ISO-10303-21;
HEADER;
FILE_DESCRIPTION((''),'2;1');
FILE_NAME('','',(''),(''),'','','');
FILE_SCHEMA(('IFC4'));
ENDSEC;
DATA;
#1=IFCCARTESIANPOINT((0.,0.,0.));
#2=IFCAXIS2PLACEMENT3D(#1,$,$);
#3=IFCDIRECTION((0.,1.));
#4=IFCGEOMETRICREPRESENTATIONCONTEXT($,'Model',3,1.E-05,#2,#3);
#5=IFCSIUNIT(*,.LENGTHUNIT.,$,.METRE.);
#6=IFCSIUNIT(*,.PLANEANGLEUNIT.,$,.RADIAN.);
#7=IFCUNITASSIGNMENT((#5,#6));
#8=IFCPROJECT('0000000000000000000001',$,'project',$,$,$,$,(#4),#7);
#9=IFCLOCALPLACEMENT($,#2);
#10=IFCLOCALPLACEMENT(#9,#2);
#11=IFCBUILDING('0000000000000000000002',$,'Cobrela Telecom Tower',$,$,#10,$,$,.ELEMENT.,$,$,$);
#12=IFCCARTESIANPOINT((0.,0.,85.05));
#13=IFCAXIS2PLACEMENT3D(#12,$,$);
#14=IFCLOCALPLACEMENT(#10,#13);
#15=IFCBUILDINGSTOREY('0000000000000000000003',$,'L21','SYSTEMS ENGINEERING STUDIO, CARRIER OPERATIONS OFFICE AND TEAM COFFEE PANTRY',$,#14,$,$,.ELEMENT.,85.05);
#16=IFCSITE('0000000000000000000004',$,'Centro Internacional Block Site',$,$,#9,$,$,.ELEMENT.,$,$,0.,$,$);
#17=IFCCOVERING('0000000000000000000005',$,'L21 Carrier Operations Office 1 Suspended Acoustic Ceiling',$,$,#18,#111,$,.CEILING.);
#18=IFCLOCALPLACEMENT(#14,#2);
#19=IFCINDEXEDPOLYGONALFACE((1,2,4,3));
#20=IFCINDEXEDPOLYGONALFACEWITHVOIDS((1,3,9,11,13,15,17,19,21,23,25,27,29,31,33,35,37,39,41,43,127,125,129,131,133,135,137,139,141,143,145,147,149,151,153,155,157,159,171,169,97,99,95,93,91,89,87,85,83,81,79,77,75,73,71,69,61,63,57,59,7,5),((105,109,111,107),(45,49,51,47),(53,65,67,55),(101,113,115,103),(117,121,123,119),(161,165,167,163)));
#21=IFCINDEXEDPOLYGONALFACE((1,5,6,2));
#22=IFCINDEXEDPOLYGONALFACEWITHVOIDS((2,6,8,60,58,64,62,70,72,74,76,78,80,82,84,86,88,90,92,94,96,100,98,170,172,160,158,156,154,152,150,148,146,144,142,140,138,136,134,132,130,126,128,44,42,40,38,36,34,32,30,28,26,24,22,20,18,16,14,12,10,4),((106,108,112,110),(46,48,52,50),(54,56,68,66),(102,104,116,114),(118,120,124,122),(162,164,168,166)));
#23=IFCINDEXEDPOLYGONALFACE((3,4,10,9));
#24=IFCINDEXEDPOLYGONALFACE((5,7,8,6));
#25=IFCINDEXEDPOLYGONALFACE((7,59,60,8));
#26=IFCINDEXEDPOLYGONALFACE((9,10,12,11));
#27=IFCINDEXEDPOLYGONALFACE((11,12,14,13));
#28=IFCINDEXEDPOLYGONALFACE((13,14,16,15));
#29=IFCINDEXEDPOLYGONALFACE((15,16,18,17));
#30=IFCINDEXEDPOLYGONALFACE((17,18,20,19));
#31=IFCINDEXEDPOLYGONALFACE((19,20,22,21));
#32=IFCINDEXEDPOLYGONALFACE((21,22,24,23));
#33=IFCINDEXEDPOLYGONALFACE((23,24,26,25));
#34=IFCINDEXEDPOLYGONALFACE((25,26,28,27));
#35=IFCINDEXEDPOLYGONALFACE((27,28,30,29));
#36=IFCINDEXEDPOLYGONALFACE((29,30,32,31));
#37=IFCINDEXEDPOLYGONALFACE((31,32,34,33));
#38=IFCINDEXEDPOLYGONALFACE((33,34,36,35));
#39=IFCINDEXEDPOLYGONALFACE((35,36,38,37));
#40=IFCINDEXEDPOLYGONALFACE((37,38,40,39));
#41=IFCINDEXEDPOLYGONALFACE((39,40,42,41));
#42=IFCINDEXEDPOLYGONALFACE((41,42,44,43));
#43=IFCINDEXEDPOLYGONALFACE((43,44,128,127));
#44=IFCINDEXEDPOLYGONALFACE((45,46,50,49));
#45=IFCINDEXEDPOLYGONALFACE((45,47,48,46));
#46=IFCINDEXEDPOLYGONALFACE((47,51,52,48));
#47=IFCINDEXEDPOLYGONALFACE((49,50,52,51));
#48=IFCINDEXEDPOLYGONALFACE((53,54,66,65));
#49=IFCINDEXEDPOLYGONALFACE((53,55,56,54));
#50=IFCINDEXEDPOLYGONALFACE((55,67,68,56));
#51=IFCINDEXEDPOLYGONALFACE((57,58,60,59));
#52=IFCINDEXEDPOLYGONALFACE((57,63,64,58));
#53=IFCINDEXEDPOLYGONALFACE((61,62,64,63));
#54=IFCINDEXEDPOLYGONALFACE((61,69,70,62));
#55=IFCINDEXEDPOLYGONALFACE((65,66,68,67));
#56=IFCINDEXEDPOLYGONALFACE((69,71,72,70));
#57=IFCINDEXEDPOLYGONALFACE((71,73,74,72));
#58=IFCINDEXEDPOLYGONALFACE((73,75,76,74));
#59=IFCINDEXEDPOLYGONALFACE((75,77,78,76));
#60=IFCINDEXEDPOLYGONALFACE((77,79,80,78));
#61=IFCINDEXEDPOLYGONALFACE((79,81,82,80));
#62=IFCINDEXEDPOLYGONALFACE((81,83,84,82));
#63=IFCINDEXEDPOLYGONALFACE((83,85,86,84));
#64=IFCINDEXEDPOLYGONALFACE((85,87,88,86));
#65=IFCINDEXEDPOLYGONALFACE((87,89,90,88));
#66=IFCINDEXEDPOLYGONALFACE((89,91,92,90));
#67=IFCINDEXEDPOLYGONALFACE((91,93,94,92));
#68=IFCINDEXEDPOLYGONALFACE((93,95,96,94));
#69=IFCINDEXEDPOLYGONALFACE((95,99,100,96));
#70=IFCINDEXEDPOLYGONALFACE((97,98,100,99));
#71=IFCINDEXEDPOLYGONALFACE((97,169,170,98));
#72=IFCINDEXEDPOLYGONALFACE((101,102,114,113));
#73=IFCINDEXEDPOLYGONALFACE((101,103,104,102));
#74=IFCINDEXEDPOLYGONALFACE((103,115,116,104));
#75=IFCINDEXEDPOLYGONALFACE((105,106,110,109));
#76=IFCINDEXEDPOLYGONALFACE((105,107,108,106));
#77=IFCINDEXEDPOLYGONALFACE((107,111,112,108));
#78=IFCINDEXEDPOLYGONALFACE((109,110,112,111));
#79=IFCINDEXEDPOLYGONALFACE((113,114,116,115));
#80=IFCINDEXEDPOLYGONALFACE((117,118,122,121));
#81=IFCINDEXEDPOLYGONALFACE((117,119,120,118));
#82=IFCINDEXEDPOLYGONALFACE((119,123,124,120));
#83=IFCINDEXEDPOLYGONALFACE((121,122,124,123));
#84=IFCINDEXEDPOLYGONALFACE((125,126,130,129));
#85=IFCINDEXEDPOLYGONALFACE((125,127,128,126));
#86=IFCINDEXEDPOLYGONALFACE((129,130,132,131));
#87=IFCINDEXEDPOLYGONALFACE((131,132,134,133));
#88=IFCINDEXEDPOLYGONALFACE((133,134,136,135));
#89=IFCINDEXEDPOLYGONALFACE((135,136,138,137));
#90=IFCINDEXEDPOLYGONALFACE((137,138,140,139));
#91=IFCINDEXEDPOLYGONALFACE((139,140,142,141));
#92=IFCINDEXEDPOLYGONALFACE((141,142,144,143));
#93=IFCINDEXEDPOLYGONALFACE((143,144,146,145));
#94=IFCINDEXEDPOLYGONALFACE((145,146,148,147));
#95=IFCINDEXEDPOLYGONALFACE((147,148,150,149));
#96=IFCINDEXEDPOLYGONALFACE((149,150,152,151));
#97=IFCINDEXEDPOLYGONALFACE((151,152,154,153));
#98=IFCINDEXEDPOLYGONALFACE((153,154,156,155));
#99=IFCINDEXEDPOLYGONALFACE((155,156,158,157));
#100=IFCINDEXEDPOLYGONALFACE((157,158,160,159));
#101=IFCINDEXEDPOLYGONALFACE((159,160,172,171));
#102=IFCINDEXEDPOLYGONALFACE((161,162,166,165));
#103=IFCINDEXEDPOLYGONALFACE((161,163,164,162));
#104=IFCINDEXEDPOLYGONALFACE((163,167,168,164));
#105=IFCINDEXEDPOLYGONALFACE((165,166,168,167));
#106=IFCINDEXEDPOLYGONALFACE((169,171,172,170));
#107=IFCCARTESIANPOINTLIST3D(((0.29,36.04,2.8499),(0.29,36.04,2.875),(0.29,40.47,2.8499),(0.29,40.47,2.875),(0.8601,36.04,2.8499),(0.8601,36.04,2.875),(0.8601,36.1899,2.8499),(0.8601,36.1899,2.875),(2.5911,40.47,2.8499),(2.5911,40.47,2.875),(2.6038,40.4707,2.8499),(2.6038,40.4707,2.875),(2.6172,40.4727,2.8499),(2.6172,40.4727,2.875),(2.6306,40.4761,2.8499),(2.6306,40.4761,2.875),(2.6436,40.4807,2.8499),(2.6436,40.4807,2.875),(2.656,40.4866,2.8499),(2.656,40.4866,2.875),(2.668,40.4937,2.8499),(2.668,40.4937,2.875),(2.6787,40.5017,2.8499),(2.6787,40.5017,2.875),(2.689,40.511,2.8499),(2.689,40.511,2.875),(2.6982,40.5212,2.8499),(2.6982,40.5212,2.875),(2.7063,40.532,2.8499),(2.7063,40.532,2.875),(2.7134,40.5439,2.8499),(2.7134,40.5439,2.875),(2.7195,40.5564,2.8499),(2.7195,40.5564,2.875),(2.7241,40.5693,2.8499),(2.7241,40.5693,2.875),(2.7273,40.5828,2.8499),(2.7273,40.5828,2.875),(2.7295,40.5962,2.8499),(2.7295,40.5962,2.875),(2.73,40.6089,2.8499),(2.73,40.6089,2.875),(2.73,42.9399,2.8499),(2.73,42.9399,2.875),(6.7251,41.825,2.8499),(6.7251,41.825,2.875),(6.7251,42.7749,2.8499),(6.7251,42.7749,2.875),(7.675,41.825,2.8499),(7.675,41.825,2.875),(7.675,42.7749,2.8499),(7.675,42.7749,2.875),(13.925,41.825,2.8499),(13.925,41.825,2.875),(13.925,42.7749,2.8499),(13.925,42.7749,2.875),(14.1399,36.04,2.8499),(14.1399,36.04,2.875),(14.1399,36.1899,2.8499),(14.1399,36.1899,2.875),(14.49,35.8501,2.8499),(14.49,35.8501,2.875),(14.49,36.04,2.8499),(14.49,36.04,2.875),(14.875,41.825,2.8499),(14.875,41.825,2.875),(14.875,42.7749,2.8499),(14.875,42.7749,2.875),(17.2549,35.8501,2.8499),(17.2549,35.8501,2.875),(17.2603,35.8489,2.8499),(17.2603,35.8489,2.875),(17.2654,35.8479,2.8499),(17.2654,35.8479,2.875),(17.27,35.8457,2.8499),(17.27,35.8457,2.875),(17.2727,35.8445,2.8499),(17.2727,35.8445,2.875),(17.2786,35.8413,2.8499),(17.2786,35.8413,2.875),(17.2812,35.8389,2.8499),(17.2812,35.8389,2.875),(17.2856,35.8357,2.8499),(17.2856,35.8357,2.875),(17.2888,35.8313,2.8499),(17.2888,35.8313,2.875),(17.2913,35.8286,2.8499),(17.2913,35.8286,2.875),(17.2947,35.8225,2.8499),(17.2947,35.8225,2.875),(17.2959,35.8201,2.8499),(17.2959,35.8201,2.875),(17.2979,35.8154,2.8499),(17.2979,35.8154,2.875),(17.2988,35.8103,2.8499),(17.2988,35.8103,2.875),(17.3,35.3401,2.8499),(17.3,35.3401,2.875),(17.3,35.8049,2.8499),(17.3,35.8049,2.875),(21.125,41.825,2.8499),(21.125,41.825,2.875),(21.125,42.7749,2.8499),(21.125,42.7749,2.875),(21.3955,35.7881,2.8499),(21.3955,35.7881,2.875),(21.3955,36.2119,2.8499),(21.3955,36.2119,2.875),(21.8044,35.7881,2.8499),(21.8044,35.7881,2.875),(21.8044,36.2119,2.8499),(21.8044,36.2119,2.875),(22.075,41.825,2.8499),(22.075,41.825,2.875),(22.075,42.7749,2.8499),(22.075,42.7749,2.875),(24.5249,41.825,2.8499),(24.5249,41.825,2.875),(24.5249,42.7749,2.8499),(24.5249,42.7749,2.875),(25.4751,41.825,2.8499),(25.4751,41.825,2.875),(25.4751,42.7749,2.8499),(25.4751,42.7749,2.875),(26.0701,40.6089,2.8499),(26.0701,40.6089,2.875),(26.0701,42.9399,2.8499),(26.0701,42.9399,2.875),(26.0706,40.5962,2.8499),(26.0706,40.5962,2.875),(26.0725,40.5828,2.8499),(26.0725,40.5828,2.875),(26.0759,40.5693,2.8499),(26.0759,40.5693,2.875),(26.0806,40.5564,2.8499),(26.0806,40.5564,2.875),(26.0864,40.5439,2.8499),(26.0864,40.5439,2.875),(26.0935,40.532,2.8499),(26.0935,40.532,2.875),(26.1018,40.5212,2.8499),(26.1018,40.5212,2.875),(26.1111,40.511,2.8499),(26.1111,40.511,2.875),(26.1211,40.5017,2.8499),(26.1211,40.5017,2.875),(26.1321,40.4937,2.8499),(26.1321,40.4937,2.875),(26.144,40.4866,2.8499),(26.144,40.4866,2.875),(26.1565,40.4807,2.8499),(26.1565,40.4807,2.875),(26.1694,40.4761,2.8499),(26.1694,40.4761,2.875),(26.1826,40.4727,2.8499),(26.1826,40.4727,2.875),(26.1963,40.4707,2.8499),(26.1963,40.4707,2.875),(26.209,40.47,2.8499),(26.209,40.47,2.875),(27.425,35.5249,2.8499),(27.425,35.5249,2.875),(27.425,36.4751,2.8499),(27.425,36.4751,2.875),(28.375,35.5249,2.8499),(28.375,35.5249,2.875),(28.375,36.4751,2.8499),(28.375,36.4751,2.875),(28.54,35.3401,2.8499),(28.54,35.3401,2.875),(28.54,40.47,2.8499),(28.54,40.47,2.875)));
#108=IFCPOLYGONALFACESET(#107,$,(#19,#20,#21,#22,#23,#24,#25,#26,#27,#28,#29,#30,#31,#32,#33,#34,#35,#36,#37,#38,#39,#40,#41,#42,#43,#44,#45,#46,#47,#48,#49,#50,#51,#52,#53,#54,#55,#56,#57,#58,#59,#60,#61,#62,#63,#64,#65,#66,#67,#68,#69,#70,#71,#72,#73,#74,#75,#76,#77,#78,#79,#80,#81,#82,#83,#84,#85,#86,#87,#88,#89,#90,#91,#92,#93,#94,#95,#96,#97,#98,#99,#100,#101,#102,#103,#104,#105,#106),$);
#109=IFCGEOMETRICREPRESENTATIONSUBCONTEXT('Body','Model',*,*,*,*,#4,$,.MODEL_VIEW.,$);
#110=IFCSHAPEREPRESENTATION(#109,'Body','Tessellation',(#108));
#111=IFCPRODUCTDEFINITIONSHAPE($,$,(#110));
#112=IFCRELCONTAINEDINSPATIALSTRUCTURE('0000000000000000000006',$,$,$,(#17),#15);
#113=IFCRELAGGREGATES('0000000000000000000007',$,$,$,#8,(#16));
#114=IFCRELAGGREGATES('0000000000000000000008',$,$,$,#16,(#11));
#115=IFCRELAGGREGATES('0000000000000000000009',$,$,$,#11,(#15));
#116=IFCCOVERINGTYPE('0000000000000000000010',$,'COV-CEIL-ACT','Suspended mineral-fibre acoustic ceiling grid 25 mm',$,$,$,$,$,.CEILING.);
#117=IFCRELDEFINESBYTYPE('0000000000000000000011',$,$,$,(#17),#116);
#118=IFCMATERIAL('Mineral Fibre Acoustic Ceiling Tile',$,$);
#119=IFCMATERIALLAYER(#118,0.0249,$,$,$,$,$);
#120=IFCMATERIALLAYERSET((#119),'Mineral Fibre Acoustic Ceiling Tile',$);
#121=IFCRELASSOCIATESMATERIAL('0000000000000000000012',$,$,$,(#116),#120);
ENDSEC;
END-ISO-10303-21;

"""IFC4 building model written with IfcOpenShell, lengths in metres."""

from ifc_helpers import new_model, si_unit, direction, frame, origin, place, context, subcontext, project, spatial, polyline, outline, extrude, material, layer, layer_set, type_object, element, save


model = new_model("IFC4")

# Units and contexts
model_context = context("Model", 3, precision=1e-05, world=origin(), true_north=direction((0.0, 1.0)))
body_context = subcontext(model_context, "Body", "Model", "MODEL_VIEW")
ifc_project = project(units=[si_unit("LENGTHUNIT", "METRE"), si_unit("PLANEANGLEUNIT", "RADIAN")], contexts=[model_context])

# Site, building, storey
site_placement = place(None, origin())
site = spatial("IfcSite", under=ifc_project, at=site_placement, Name="Centro Internacional Block Site", CompositionType="ELEMENT", RefElevation=0.0)
building_placement = place(site_placement, origin())
building = spatial("IfcBuilding", under=site, at=building_placement, Name="Cobrela Telecom Tower", CompositionType="ELEMENT")
storey_placement = place(building_placement, frame((0.0, 0.0, 85.05)))
storey = spatial("IfcBuildingStorey", under=building, at=storey_placement, Name="L21", Description="SYSTEMS ENGINEERING STUDIO, CARRIER OPERATIONS OFFICE AND TEAM COFFEE PANTRY", CompositionType="ELEMENT", Elevation=85.05)

# Covering
ifc_material_1 = material(Name="Mineral Fibre Acoustic Ceiling Tile")
ifc_layer_1 = layer(ifc_material_1, 0.0249)
ifc_layer_set_1 = layer_set([ifc_layer_1], Name="Mineral Fibre Acoustic Ceiling Tile")
covering_type_1 = type_object("IfcCoveringType", Name="COV-CEIL-ACT", Description="Suspended mineral-fibre acoustic ceiling grid 25 mm", PredefinedType="CEILING", material=ifc_layer_set_1)
covering_1_placement = place(storey_placement, frame((0.0, 0.0, 2.8499)))
element("IfcCovering", 1, at=covering_1_placement, inside=storey, type_object=covering_type_1, Name="L21 Carrier Operations Office 1 Suspended Acoustic Ceiling", PredefinedType="CEILING", context=body_context, shape_type="SweptSolid", body=[
    extrude(outline(polyline([(14.1399, 36.1899), (0.8601, 36.1899), (0.8601, 36.04), (0.29, 36.04), (0.29, 40.47), (2.5911, 40.47), (2.6038, 40.4707), (2.6172, 40.4727), (2.6306, 40.4761), (2.6436, 40.4807), (2.656, 40.4866), (2.668, 40.4937), (2.6787, 40.5017), (2.689, 40.511), (2.6982, 40.5212), (2.7063, 40.532), (2.7134, 40.5439), (2.7195, 40.5564), (2.7241, 40.5693), (2.7273, 40.5828), (2.7295, 40.5962), (2.73, 40.6089), (2.73, 42.9399), (26.0701, 42.9399), (26.0701, 40.6089), (26.0706, 40.5962), (26.0725, 40.5828), (26.0759, 40.5693), (26.0806, 40.5564), (26.0864, 40.5439), (26.0935, 40.532), (26.1018, 40.5212), (26.1111, 40.511), (26.1211, 40.5017), (26.1321, 40.4937), (26.144, 40.4866), (26.1565, 40.4807), (26.1694, 40.4761), (26.1826, 40.4727), (26.1963, 40.4707), (26.209, 40.47), (28.54, 40.47), (28.54, 35.3401), (17.3, 35.3401), (17.3, 35.8049), (17.2988, 35.8103), (17.2979, 35.8154), (17.2959, 35.8201), (17.2947, 35.8225), (17.2913, 35.8286), (17.2888, 35.8313), (17.2856, 35.8357), (17.2812, 35.8389), (17.2786, 35.8413), (17.2727, 35.8445), (17.27, 35.8457), (17.2654, 35.8479), (17.2603, 35.8489), (17.2549, 35.8501), (14.49, 35.8501), (14.49, 36.04), (14.1399, 36.04), (14.1399, 36.1899)]), holes=[polyline([(21.8044, 35.7881), (21.8044, 36.2119), (21.3955, 36.2119), (21.3955, 35.7881), (21.8044, 35.7881)]), polyline([(28.375, 35.5249), (28.375, 36.4751), (27.425, 36.4751), (27.425, 35.5249), (28.375, 35.5249)]), polyline([(7.675, 41.825), (7.675, 42.7749), (6.7251, 42.7749), (6.7251, 41.825), (7.675, 41.825)]), polyline([(14.875, 41.825), (14.875, 42.7749), (13.925, 42.7749), (13.925, 41.825), (14.875, 41.825)]), polyline([(22.075, 41.825), (22.075, 42.7749), (21.125, 42.7749), (21.125, 41.825), (22.075, 41.825)]), polyline([(25.4751, 42.7749), (24.5249, 42.7749), (24.5249, 41.825), (25.4751, 41.825), (25.4751, 42.7749)])]), origin(), (0.0, 0.0, 1.0), 0.0251),
])

save(model, "model.ifc")
